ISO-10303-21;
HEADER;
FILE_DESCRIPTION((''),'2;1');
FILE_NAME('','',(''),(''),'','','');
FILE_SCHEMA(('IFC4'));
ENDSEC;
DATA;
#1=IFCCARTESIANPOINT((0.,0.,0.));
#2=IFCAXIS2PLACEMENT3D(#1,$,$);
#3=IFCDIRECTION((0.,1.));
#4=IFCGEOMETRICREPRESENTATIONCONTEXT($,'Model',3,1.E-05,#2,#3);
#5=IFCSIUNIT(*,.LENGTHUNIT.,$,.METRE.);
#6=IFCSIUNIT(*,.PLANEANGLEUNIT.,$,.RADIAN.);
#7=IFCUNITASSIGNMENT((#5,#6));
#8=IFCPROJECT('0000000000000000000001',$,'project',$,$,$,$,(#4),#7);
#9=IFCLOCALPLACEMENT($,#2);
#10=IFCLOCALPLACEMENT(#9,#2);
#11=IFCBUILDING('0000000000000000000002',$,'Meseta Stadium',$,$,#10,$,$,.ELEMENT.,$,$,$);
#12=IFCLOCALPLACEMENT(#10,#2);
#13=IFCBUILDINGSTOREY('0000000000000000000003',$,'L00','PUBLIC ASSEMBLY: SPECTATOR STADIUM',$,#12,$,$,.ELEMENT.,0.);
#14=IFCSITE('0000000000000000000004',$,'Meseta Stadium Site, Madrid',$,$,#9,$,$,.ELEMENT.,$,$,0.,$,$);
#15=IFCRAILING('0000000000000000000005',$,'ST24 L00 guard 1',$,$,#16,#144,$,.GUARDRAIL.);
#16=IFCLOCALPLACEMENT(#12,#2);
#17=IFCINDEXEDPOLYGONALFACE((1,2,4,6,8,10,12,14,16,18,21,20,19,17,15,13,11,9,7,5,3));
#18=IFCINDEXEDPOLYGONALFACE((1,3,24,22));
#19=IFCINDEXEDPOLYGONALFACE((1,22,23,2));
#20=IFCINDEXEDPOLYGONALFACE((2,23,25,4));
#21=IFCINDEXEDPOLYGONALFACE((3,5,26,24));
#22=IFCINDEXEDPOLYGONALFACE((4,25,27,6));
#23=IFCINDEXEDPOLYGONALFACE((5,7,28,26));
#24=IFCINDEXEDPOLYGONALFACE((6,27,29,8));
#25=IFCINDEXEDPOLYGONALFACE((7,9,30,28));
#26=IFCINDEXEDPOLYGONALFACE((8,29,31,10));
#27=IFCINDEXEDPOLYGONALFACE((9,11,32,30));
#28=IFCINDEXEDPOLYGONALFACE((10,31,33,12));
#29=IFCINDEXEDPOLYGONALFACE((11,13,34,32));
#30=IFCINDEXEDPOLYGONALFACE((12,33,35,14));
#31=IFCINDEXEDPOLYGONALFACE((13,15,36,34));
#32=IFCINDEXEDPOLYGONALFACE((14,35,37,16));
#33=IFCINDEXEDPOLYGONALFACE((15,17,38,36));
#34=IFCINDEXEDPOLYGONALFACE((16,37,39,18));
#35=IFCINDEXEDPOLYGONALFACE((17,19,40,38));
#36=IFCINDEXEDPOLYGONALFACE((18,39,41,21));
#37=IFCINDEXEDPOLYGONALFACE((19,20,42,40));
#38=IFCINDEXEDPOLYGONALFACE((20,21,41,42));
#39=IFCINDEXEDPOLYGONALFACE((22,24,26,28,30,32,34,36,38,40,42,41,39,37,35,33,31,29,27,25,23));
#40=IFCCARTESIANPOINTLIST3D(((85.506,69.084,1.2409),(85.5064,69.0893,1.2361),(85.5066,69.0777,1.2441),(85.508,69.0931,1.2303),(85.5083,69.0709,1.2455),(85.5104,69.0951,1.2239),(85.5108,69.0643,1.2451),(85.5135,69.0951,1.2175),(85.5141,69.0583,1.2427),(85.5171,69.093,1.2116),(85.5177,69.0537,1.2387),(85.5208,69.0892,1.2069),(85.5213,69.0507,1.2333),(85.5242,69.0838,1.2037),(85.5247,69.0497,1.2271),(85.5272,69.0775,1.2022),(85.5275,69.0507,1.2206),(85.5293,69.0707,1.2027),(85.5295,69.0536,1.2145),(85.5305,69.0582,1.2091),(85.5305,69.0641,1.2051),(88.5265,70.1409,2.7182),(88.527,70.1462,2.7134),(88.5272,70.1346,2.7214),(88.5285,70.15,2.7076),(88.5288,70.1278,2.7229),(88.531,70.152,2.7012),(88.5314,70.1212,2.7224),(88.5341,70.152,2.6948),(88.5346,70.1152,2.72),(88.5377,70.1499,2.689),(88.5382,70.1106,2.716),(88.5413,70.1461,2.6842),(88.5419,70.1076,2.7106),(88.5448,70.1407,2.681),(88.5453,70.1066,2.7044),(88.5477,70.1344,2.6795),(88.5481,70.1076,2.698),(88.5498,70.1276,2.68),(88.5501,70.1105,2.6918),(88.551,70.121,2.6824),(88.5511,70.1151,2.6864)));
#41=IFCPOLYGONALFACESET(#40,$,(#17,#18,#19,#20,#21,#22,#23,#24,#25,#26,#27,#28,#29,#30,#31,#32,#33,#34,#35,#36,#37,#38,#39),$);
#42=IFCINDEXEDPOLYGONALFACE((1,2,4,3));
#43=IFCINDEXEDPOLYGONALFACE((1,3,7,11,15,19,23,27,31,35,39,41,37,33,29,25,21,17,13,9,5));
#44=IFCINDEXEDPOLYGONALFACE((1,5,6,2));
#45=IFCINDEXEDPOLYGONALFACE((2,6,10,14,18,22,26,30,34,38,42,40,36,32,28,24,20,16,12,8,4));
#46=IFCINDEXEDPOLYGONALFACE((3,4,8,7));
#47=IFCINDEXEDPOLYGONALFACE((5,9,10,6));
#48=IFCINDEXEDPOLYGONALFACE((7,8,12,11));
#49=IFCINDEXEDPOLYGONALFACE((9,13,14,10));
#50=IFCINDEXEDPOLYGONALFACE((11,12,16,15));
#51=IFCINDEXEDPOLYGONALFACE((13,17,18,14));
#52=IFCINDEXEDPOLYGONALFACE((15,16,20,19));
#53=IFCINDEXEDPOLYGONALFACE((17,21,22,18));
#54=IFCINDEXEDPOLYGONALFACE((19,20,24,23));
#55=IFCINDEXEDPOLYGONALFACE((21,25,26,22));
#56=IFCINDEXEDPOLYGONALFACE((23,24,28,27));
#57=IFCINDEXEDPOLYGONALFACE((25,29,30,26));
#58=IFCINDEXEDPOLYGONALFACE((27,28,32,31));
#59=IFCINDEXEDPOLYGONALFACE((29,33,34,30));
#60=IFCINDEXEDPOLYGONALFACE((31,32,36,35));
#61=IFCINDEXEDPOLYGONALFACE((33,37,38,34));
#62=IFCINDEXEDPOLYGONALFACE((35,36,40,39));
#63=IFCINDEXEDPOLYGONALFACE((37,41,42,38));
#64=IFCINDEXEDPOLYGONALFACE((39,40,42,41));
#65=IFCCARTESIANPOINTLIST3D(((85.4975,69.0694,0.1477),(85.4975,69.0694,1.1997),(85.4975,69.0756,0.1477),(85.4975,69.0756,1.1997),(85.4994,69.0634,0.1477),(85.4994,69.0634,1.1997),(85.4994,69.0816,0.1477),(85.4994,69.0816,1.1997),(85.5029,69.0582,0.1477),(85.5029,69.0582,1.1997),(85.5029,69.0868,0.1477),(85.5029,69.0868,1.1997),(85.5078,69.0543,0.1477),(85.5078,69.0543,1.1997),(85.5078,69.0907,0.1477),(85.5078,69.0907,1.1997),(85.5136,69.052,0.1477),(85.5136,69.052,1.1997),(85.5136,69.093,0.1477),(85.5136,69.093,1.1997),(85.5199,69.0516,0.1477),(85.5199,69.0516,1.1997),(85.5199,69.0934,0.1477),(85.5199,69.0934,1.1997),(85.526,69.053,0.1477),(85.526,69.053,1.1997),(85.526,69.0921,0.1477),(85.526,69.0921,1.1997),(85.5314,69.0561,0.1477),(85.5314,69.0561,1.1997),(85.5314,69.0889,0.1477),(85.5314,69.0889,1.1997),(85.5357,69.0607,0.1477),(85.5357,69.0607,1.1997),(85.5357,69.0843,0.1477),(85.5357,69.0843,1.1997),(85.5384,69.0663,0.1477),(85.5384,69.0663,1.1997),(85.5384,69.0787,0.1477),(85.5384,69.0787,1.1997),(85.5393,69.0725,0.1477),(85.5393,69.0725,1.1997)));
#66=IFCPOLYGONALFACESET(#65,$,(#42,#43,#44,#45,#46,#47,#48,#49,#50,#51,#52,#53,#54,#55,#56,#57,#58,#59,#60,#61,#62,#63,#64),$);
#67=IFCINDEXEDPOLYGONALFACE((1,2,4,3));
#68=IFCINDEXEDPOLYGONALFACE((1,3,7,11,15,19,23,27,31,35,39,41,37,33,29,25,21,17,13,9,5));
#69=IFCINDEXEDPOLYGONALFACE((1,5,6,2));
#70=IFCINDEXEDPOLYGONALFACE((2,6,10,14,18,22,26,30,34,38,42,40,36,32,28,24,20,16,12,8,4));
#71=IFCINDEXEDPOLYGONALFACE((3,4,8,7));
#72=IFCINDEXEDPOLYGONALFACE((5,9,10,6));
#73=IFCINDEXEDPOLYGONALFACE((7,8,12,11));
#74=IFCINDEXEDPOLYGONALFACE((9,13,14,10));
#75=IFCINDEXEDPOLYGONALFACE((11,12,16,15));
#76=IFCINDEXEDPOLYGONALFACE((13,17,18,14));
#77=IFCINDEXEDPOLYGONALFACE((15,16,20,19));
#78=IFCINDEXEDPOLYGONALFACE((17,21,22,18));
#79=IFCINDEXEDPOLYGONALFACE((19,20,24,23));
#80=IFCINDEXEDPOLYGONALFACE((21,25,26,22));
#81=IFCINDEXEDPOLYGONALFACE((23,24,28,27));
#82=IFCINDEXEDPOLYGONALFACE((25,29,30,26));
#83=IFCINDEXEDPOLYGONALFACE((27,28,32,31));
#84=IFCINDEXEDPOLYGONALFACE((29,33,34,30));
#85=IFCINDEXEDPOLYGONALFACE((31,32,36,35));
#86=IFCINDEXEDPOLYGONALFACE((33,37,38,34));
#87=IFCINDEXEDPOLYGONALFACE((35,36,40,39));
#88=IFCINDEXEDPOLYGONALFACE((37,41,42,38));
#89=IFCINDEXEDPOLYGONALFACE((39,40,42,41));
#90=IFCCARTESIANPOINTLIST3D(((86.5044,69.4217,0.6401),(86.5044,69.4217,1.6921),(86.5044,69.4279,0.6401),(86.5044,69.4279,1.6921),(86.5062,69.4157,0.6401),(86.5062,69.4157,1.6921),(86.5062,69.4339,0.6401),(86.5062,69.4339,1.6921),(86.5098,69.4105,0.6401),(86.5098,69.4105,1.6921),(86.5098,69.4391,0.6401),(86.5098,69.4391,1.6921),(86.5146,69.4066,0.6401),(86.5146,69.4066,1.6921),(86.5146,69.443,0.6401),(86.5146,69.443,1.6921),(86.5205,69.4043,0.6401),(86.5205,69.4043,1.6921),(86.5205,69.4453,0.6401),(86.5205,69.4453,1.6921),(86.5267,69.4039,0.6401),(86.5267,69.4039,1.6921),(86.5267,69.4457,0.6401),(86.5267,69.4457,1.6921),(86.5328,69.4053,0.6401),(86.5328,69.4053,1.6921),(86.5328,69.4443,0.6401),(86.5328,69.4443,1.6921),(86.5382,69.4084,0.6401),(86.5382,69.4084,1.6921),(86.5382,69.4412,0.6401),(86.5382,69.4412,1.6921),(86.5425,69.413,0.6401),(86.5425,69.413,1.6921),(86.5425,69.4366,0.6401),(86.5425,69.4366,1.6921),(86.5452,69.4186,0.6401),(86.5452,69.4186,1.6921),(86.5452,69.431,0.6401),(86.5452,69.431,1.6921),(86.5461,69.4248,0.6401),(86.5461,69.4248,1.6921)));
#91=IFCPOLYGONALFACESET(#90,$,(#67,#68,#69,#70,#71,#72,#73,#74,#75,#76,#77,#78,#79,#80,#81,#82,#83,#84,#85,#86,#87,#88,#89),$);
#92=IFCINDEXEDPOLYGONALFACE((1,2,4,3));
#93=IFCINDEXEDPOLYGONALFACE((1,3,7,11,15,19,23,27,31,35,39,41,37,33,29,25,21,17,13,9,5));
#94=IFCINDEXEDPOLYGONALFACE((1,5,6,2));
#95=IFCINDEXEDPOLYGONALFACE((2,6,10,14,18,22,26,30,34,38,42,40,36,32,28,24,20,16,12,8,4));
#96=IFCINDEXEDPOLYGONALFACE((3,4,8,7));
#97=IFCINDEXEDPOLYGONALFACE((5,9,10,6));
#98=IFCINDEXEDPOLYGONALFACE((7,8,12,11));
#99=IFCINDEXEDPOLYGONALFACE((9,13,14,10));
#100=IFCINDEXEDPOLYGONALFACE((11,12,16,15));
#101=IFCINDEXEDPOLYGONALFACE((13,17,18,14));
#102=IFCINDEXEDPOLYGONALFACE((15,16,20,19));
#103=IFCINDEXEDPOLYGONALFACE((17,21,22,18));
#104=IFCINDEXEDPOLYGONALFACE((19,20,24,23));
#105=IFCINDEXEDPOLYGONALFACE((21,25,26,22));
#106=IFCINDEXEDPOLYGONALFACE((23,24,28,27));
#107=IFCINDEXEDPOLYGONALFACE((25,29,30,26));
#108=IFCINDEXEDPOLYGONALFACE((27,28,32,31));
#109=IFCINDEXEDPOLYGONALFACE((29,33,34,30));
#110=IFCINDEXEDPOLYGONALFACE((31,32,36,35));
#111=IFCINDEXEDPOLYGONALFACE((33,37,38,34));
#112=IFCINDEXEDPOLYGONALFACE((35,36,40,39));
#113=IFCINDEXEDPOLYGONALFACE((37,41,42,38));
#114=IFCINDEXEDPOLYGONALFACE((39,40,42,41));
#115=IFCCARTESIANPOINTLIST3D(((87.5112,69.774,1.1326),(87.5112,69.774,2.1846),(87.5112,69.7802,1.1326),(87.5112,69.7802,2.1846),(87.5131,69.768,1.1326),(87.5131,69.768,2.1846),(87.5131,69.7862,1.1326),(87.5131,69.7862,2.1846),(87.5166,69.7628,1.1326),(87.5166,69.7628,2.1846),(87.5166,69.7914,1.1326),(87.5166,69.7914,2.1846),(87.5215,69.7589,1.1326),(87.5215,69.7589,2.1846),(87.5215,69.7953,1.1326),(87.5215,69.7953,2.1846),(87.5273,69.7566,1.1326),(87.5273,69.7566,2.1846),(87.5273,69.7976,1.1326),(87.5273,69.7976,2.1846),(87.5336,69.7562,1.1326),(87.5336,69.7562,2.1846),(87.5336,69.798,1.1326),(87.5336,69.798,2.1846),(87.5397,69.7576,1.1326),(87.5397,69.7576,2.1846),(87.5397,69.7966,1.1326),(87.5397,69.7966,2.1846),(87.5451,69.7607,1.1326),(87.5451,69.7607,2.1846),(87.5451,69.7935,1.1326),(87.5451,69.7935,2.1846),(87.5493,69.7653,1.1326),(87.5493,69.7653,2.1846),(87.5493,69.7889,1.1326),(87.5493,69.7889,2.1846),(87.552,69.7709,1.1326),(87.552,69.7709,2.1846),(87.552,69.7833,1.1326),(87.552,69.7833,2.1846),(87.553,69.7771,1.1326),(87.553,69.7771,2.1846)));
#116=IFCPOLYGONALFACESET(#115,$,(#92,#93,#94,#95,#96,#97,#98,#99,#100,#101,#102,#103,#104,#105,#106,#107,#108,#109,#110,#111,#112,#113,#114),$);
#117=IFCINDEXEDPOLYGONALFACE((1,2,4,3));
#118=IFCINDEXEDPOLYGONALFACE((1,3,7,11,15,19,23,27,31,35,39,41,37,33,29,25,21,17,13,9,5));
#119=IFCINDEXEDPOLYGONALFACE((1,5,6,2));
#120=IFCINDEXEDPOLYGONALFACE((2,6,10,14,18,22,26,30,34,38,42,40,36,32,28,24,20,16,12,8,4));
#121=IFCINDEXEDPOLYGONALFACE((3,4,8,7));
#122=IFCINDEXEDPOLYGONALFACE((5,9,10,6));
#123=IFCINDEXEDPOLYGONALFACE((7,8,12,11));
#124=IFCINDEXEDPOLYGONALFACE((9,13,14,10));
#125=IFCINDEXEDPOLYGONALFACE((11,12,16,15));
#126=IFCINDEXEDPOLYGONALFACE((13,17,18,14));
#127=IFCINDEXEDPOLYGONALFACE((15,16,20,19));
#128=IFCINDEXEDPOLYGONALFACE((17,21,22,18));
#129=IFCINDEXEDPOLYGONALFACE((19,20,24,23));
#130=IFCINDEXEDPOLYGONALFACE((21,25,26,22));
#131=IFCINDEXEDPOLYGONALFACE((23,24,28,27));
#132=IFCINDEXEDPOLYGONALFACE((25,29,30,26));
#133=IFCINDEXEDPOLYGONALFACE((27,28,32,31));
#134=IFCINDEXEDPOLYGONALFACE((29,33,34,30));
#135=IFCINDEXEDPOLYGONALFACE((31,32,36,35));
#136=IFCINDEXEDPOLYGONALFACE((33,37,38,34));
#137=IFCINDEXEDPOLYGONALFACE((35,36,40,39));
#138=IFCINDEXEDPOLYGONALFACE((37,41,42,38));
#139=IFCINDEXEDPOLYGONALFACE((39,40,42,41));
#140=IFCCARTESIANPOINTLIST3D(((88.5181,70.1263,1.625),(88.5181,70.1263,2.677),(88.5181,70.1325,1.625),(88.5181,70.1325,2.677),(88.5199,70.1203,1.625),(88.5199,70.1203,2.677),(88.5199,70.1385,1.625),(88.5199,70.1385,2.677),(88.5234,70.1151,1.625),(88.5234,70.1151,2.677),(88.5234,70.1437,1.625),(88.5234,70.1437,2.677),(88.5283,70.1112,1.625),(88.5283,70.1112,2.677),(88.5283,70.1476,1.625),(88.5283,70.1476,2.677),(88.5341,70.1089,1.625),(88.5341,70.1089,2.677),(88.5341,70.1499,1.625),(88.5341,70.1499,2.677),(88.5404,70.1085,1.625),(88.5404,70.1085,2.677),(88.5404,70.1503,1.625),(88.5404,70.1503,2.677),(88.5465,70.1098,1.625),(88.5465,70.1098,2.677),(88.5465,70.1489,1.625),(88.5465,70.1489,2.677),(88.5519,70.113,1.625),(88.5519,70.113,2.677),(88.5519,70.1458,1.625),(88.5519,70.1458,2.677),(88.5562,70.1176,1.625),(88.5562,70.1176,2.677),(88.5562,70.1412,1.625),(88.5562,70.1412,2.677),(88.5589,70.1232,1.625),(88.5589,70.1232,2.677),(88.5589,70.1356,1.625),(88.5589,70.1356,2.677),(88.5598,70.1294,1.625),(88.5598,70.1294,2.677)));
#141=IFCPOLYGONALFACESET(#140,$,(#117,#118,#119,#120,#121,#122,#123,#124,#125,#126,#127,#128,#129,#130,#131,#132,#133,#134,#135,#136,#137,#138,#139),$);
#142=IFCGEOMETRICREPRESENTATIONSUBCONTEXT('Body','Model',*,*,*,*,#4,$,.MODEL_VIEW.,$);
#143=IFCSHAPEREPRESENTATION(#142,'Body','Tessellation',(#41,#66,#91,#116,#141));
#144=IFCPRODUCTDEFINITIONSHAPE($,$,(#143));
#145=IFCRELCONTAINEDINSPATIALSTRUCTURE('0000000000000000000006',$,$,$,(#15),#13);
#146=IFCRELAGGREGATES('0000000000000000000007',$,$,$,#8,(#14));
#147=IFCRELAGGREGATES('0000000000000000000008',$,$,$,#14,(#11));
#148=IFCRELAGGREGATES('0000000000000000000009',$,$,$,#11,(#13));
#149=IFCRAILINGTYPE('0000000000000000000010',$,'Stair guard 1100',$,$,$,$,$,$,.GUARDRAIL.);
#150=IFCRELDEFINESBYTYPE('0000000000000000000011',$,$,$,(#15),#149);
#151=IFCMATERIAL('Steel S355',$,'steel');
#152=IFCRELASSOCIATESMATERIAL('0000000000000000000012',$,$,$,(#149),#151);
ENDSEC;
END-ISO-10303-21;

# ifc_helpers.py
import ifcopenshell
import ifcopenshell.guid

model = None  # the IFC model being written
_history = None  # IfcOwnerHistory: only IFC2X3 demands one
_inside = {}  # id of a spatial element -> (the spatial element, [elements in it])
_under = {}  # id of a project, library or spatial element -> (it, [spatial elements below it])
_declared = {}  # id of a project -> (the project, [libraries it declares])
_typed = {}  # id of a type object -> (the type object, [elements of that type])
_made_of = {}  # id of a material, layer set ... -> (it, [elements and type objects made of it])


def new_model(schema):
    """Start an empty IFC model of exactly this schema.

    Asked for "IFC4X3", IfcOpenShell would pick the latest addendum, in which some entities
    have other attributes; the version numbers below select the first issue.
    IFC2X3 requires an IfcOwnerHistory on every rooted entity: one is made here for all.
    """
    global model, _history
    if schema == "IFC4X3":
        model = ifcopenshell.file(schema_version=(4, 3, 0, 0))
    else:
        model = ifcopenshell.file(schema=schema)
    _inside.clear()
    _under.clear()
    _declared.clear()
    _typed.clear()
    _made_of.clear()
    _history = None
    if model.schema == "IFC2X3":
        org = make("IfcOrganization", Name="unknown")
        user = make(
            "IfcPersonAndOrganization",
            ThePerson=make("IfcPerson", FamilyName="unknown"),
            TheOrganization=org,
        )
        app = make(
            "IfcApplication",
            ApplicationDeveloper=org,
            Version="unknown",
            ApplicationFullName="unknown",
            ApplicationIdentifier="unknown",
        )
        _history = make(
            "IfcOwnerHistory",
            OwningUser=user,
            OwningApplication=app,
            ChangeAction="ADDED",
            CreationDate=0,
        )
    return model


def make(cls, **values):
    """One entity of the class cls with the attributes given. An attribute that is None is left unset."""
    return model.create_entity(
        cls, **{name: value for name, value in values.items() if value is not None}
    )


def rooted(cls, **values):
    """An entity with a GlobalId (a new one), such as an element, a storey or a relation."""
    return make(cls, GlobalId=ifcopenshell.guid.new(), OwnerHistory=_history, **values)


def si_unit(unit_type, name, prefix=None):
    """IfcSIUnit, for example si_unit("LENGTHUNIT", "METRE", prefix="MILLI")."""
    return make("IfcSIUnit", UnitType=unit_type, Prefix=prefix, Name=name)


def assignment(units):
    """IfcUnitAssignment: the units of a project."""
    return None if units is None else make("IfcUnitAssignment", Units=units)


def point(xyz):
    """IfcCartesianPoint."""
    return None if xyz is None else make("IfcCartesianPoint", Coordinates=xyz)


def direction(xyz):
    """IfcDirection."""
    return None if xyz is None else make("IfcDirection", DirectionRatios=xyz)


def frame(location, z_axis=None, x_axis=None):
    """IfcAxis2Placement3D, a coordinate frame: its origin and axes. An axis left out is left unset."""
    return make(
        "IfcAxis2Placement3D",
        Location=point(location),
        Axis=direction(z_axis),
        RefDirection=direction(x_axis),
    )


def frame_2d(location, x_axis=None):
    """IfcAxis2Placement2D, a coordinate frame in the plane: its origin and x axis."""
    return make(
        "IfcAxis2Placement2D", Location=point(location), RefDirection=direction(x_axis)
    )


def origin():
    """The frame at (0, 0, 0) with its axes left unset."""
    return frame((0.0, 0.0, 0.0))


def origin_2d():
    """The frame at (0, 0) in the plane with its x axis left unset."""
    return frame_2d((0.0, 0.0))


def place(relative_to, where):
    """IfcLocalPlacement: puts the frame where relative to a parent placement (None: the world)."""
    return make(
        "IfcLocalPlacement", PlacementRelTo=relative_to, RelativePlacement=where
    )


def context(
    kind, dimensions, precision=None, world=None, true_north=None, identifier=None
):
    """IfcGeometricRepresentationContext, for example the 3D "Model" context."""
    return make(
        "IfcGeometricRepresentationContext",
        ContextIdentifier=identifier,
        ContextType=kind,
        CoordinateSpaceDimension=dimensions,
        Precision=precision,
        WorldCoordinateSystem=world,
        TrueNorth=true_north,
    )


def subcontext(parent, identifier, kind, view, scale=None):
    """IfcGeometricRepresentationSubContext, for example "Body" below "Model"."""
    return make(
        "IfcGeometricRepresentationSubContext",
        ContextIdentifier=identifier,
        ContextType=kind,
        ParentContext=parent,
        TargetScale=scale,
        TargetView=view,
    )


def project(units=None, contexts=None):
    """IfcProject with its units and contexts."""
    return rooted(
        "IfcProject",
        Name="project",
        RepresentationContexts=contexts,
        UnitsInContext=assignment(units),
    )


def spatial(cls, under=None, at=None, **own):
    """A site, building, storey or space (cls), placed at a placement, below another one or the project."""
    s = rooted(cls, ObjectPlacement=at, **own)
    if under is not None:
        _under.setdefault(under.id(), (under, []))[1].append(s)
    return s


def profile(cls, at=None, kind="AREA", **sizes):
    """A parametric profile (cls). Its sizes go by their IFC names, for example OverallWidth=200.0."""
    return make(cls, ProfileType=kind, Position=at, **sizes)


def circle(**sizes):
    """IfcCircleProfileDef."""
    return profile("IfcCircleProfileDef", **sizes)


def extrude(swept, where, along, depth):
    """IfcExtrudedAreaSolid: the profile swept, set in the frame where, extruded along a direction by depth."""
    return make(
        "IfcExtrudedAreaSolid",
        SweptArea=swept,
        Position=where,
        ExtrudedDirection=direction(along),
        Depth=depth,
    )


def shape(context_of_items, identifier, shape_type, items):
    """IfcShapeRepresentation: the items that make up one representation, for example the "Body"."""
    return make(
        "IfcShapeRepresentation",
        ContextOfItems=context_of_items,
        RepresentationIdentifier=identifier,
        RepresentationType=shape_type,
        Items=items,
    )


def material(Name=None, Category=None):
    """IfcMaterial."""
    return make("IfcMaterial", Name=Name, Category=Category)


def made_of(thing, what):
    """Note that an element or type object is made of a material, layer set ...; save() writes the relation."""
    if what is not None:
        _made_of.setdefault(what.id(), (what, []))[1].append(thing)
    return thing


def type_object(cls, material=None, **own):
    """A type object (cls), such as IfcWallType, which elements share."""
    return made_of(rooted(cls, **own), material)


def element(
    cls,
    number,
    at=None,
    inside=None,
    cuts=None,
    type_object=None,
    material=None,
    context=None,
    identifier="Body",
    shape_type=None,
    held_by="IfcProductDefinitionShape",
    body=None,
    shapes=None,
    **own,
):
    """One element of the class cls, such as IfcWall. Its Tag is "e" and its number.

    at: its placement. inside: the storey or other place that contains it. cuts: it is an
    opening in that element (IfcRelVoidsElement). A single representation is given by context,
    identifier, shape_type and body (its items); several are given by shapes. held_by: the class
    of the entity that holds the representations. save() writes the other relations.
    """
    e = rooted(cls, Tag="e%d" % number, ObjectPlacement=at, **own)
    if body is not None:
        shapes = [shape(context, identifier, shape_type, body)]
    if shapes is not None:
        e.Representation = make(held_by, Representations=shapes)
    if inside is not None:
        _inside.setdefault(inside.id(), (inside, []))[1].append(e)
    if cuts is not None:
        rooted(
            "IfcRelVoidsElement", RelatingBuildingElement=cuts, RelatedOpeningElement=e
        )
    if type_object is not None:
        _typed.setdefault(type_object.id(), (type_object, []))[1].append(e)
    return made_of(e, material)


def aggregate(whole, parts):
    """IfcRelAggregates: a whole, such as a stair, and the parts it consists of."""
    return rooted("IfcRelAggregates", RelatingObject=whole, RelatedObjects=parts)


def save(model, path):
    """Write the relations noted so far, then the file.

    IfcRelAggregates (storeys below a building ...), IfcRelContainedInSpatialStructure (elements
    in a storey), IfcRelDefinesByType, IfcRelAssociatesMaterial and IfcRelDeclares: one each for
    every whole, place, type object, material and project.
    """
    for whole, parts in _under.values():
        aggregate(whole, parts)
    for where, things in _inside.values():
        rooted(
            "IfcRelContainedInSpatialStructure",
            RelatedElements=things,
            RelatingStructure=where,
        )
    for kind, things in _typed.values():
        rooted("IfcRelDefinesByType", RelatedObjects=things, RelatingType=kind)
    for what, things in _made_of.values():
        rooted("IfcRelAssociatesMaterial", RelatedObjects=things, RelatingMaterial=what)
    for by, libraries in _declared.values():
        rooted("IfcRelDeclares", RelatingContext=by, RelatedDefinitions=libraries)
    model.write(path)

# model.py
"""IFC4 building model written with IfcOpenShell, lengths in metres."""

from ifc_helpers import new_model, si_unit, direction, frame, origin, origin_2d, place, context, subcontext, project, spatial, circle, extrude, material, type_object, element, save


model = new_model("IFC4")

# Units and contexts
model_context = context("Model", 3, precision=1e-05, world=origin(), true_north=direction((0.0, 1.0)))
body_context = subcontext(model_context, "Body", "Model", "MODEL_VIEW")
ifc_project = project(units=[si_unit("LENGTHUNIT", "METRE"), si_unit("PLANEANGLEUNIT", "RADIAN")], contexts=[model_context])

# Site, building, storey
site_placement = place(None, origin())
site = spatial("IfcSite", under=ifc_project, at=site_placement, Name="Meseta Stadium Site, Madrid", CompositionType="ELEMENT", RefElevation=0.0)
building_placement = place(site_placement, origin())
building = spatial("IfcBuilding", under=site, at=building_placement, Name="Meseta Stadium", CompositionType="ELEMENT")
storey_placement = place(building_placement, origin())
storey = spatial("IfcBuildingStorey", under=building, at=storey_placement, Name="L00", Description="PUBLIC ASSEMBLY: SPECTATOR STADIUM", CompositionType="ELEMENT", Elevation=0.0)

# Railing
ifc_material_1 = material(Name="Steel S355", Category="steel")
railing_type_1 = type_object("IfcRailingType", Name="Stair guard 1100", PredefinedType="GUARDRAIL", material=ifc_material_1)
railing_1_placement = place(storey_placement, frame((85.5183, 69.0725, 0.1477)))
element("IfcRailing", 1, at=railing_1_placement, inside=storey, type_object=railing_type_1, Name="ST24 L00 guard 1", PredefinedType="GUARDRAIL", context=body_context, shape_type="SweptSolid", body=[
    extrude(circle(Radius=0.0239, at=origin_2d()), frame((0.0, 0.0, 1.0762), z_axis=(0.856977, 0.299859, 0.419137), x_axis=(-0.330269, 0.943887, 0.0)), (0.0, 0.0, 1.0), 3.5247),
    extrude(circle(Radius=0.021, at=origin_2d()), origin(), (0.0, 0.0, 1.0), 1.052),
    extrude(circle(Radius=0.021, at=origin_2d()), frame((1.0068, 0.3523, 0.4924)), (0.0, 0.0, 1.0), 1.052),
    extrude(circle(Radius=0.021, at=origin_2d()), frame((2.0137, 0.7046, 0.9849)), (0.0, 0.0, 1.0), 1.052),
    extrude(circle(Radius=0.021, at=origin_2d()), frame((3.0205, 1.0569, 1.4773)), (0.0, 0.0, 1.0), 1.052),
])

save(model, "model.ifc")
